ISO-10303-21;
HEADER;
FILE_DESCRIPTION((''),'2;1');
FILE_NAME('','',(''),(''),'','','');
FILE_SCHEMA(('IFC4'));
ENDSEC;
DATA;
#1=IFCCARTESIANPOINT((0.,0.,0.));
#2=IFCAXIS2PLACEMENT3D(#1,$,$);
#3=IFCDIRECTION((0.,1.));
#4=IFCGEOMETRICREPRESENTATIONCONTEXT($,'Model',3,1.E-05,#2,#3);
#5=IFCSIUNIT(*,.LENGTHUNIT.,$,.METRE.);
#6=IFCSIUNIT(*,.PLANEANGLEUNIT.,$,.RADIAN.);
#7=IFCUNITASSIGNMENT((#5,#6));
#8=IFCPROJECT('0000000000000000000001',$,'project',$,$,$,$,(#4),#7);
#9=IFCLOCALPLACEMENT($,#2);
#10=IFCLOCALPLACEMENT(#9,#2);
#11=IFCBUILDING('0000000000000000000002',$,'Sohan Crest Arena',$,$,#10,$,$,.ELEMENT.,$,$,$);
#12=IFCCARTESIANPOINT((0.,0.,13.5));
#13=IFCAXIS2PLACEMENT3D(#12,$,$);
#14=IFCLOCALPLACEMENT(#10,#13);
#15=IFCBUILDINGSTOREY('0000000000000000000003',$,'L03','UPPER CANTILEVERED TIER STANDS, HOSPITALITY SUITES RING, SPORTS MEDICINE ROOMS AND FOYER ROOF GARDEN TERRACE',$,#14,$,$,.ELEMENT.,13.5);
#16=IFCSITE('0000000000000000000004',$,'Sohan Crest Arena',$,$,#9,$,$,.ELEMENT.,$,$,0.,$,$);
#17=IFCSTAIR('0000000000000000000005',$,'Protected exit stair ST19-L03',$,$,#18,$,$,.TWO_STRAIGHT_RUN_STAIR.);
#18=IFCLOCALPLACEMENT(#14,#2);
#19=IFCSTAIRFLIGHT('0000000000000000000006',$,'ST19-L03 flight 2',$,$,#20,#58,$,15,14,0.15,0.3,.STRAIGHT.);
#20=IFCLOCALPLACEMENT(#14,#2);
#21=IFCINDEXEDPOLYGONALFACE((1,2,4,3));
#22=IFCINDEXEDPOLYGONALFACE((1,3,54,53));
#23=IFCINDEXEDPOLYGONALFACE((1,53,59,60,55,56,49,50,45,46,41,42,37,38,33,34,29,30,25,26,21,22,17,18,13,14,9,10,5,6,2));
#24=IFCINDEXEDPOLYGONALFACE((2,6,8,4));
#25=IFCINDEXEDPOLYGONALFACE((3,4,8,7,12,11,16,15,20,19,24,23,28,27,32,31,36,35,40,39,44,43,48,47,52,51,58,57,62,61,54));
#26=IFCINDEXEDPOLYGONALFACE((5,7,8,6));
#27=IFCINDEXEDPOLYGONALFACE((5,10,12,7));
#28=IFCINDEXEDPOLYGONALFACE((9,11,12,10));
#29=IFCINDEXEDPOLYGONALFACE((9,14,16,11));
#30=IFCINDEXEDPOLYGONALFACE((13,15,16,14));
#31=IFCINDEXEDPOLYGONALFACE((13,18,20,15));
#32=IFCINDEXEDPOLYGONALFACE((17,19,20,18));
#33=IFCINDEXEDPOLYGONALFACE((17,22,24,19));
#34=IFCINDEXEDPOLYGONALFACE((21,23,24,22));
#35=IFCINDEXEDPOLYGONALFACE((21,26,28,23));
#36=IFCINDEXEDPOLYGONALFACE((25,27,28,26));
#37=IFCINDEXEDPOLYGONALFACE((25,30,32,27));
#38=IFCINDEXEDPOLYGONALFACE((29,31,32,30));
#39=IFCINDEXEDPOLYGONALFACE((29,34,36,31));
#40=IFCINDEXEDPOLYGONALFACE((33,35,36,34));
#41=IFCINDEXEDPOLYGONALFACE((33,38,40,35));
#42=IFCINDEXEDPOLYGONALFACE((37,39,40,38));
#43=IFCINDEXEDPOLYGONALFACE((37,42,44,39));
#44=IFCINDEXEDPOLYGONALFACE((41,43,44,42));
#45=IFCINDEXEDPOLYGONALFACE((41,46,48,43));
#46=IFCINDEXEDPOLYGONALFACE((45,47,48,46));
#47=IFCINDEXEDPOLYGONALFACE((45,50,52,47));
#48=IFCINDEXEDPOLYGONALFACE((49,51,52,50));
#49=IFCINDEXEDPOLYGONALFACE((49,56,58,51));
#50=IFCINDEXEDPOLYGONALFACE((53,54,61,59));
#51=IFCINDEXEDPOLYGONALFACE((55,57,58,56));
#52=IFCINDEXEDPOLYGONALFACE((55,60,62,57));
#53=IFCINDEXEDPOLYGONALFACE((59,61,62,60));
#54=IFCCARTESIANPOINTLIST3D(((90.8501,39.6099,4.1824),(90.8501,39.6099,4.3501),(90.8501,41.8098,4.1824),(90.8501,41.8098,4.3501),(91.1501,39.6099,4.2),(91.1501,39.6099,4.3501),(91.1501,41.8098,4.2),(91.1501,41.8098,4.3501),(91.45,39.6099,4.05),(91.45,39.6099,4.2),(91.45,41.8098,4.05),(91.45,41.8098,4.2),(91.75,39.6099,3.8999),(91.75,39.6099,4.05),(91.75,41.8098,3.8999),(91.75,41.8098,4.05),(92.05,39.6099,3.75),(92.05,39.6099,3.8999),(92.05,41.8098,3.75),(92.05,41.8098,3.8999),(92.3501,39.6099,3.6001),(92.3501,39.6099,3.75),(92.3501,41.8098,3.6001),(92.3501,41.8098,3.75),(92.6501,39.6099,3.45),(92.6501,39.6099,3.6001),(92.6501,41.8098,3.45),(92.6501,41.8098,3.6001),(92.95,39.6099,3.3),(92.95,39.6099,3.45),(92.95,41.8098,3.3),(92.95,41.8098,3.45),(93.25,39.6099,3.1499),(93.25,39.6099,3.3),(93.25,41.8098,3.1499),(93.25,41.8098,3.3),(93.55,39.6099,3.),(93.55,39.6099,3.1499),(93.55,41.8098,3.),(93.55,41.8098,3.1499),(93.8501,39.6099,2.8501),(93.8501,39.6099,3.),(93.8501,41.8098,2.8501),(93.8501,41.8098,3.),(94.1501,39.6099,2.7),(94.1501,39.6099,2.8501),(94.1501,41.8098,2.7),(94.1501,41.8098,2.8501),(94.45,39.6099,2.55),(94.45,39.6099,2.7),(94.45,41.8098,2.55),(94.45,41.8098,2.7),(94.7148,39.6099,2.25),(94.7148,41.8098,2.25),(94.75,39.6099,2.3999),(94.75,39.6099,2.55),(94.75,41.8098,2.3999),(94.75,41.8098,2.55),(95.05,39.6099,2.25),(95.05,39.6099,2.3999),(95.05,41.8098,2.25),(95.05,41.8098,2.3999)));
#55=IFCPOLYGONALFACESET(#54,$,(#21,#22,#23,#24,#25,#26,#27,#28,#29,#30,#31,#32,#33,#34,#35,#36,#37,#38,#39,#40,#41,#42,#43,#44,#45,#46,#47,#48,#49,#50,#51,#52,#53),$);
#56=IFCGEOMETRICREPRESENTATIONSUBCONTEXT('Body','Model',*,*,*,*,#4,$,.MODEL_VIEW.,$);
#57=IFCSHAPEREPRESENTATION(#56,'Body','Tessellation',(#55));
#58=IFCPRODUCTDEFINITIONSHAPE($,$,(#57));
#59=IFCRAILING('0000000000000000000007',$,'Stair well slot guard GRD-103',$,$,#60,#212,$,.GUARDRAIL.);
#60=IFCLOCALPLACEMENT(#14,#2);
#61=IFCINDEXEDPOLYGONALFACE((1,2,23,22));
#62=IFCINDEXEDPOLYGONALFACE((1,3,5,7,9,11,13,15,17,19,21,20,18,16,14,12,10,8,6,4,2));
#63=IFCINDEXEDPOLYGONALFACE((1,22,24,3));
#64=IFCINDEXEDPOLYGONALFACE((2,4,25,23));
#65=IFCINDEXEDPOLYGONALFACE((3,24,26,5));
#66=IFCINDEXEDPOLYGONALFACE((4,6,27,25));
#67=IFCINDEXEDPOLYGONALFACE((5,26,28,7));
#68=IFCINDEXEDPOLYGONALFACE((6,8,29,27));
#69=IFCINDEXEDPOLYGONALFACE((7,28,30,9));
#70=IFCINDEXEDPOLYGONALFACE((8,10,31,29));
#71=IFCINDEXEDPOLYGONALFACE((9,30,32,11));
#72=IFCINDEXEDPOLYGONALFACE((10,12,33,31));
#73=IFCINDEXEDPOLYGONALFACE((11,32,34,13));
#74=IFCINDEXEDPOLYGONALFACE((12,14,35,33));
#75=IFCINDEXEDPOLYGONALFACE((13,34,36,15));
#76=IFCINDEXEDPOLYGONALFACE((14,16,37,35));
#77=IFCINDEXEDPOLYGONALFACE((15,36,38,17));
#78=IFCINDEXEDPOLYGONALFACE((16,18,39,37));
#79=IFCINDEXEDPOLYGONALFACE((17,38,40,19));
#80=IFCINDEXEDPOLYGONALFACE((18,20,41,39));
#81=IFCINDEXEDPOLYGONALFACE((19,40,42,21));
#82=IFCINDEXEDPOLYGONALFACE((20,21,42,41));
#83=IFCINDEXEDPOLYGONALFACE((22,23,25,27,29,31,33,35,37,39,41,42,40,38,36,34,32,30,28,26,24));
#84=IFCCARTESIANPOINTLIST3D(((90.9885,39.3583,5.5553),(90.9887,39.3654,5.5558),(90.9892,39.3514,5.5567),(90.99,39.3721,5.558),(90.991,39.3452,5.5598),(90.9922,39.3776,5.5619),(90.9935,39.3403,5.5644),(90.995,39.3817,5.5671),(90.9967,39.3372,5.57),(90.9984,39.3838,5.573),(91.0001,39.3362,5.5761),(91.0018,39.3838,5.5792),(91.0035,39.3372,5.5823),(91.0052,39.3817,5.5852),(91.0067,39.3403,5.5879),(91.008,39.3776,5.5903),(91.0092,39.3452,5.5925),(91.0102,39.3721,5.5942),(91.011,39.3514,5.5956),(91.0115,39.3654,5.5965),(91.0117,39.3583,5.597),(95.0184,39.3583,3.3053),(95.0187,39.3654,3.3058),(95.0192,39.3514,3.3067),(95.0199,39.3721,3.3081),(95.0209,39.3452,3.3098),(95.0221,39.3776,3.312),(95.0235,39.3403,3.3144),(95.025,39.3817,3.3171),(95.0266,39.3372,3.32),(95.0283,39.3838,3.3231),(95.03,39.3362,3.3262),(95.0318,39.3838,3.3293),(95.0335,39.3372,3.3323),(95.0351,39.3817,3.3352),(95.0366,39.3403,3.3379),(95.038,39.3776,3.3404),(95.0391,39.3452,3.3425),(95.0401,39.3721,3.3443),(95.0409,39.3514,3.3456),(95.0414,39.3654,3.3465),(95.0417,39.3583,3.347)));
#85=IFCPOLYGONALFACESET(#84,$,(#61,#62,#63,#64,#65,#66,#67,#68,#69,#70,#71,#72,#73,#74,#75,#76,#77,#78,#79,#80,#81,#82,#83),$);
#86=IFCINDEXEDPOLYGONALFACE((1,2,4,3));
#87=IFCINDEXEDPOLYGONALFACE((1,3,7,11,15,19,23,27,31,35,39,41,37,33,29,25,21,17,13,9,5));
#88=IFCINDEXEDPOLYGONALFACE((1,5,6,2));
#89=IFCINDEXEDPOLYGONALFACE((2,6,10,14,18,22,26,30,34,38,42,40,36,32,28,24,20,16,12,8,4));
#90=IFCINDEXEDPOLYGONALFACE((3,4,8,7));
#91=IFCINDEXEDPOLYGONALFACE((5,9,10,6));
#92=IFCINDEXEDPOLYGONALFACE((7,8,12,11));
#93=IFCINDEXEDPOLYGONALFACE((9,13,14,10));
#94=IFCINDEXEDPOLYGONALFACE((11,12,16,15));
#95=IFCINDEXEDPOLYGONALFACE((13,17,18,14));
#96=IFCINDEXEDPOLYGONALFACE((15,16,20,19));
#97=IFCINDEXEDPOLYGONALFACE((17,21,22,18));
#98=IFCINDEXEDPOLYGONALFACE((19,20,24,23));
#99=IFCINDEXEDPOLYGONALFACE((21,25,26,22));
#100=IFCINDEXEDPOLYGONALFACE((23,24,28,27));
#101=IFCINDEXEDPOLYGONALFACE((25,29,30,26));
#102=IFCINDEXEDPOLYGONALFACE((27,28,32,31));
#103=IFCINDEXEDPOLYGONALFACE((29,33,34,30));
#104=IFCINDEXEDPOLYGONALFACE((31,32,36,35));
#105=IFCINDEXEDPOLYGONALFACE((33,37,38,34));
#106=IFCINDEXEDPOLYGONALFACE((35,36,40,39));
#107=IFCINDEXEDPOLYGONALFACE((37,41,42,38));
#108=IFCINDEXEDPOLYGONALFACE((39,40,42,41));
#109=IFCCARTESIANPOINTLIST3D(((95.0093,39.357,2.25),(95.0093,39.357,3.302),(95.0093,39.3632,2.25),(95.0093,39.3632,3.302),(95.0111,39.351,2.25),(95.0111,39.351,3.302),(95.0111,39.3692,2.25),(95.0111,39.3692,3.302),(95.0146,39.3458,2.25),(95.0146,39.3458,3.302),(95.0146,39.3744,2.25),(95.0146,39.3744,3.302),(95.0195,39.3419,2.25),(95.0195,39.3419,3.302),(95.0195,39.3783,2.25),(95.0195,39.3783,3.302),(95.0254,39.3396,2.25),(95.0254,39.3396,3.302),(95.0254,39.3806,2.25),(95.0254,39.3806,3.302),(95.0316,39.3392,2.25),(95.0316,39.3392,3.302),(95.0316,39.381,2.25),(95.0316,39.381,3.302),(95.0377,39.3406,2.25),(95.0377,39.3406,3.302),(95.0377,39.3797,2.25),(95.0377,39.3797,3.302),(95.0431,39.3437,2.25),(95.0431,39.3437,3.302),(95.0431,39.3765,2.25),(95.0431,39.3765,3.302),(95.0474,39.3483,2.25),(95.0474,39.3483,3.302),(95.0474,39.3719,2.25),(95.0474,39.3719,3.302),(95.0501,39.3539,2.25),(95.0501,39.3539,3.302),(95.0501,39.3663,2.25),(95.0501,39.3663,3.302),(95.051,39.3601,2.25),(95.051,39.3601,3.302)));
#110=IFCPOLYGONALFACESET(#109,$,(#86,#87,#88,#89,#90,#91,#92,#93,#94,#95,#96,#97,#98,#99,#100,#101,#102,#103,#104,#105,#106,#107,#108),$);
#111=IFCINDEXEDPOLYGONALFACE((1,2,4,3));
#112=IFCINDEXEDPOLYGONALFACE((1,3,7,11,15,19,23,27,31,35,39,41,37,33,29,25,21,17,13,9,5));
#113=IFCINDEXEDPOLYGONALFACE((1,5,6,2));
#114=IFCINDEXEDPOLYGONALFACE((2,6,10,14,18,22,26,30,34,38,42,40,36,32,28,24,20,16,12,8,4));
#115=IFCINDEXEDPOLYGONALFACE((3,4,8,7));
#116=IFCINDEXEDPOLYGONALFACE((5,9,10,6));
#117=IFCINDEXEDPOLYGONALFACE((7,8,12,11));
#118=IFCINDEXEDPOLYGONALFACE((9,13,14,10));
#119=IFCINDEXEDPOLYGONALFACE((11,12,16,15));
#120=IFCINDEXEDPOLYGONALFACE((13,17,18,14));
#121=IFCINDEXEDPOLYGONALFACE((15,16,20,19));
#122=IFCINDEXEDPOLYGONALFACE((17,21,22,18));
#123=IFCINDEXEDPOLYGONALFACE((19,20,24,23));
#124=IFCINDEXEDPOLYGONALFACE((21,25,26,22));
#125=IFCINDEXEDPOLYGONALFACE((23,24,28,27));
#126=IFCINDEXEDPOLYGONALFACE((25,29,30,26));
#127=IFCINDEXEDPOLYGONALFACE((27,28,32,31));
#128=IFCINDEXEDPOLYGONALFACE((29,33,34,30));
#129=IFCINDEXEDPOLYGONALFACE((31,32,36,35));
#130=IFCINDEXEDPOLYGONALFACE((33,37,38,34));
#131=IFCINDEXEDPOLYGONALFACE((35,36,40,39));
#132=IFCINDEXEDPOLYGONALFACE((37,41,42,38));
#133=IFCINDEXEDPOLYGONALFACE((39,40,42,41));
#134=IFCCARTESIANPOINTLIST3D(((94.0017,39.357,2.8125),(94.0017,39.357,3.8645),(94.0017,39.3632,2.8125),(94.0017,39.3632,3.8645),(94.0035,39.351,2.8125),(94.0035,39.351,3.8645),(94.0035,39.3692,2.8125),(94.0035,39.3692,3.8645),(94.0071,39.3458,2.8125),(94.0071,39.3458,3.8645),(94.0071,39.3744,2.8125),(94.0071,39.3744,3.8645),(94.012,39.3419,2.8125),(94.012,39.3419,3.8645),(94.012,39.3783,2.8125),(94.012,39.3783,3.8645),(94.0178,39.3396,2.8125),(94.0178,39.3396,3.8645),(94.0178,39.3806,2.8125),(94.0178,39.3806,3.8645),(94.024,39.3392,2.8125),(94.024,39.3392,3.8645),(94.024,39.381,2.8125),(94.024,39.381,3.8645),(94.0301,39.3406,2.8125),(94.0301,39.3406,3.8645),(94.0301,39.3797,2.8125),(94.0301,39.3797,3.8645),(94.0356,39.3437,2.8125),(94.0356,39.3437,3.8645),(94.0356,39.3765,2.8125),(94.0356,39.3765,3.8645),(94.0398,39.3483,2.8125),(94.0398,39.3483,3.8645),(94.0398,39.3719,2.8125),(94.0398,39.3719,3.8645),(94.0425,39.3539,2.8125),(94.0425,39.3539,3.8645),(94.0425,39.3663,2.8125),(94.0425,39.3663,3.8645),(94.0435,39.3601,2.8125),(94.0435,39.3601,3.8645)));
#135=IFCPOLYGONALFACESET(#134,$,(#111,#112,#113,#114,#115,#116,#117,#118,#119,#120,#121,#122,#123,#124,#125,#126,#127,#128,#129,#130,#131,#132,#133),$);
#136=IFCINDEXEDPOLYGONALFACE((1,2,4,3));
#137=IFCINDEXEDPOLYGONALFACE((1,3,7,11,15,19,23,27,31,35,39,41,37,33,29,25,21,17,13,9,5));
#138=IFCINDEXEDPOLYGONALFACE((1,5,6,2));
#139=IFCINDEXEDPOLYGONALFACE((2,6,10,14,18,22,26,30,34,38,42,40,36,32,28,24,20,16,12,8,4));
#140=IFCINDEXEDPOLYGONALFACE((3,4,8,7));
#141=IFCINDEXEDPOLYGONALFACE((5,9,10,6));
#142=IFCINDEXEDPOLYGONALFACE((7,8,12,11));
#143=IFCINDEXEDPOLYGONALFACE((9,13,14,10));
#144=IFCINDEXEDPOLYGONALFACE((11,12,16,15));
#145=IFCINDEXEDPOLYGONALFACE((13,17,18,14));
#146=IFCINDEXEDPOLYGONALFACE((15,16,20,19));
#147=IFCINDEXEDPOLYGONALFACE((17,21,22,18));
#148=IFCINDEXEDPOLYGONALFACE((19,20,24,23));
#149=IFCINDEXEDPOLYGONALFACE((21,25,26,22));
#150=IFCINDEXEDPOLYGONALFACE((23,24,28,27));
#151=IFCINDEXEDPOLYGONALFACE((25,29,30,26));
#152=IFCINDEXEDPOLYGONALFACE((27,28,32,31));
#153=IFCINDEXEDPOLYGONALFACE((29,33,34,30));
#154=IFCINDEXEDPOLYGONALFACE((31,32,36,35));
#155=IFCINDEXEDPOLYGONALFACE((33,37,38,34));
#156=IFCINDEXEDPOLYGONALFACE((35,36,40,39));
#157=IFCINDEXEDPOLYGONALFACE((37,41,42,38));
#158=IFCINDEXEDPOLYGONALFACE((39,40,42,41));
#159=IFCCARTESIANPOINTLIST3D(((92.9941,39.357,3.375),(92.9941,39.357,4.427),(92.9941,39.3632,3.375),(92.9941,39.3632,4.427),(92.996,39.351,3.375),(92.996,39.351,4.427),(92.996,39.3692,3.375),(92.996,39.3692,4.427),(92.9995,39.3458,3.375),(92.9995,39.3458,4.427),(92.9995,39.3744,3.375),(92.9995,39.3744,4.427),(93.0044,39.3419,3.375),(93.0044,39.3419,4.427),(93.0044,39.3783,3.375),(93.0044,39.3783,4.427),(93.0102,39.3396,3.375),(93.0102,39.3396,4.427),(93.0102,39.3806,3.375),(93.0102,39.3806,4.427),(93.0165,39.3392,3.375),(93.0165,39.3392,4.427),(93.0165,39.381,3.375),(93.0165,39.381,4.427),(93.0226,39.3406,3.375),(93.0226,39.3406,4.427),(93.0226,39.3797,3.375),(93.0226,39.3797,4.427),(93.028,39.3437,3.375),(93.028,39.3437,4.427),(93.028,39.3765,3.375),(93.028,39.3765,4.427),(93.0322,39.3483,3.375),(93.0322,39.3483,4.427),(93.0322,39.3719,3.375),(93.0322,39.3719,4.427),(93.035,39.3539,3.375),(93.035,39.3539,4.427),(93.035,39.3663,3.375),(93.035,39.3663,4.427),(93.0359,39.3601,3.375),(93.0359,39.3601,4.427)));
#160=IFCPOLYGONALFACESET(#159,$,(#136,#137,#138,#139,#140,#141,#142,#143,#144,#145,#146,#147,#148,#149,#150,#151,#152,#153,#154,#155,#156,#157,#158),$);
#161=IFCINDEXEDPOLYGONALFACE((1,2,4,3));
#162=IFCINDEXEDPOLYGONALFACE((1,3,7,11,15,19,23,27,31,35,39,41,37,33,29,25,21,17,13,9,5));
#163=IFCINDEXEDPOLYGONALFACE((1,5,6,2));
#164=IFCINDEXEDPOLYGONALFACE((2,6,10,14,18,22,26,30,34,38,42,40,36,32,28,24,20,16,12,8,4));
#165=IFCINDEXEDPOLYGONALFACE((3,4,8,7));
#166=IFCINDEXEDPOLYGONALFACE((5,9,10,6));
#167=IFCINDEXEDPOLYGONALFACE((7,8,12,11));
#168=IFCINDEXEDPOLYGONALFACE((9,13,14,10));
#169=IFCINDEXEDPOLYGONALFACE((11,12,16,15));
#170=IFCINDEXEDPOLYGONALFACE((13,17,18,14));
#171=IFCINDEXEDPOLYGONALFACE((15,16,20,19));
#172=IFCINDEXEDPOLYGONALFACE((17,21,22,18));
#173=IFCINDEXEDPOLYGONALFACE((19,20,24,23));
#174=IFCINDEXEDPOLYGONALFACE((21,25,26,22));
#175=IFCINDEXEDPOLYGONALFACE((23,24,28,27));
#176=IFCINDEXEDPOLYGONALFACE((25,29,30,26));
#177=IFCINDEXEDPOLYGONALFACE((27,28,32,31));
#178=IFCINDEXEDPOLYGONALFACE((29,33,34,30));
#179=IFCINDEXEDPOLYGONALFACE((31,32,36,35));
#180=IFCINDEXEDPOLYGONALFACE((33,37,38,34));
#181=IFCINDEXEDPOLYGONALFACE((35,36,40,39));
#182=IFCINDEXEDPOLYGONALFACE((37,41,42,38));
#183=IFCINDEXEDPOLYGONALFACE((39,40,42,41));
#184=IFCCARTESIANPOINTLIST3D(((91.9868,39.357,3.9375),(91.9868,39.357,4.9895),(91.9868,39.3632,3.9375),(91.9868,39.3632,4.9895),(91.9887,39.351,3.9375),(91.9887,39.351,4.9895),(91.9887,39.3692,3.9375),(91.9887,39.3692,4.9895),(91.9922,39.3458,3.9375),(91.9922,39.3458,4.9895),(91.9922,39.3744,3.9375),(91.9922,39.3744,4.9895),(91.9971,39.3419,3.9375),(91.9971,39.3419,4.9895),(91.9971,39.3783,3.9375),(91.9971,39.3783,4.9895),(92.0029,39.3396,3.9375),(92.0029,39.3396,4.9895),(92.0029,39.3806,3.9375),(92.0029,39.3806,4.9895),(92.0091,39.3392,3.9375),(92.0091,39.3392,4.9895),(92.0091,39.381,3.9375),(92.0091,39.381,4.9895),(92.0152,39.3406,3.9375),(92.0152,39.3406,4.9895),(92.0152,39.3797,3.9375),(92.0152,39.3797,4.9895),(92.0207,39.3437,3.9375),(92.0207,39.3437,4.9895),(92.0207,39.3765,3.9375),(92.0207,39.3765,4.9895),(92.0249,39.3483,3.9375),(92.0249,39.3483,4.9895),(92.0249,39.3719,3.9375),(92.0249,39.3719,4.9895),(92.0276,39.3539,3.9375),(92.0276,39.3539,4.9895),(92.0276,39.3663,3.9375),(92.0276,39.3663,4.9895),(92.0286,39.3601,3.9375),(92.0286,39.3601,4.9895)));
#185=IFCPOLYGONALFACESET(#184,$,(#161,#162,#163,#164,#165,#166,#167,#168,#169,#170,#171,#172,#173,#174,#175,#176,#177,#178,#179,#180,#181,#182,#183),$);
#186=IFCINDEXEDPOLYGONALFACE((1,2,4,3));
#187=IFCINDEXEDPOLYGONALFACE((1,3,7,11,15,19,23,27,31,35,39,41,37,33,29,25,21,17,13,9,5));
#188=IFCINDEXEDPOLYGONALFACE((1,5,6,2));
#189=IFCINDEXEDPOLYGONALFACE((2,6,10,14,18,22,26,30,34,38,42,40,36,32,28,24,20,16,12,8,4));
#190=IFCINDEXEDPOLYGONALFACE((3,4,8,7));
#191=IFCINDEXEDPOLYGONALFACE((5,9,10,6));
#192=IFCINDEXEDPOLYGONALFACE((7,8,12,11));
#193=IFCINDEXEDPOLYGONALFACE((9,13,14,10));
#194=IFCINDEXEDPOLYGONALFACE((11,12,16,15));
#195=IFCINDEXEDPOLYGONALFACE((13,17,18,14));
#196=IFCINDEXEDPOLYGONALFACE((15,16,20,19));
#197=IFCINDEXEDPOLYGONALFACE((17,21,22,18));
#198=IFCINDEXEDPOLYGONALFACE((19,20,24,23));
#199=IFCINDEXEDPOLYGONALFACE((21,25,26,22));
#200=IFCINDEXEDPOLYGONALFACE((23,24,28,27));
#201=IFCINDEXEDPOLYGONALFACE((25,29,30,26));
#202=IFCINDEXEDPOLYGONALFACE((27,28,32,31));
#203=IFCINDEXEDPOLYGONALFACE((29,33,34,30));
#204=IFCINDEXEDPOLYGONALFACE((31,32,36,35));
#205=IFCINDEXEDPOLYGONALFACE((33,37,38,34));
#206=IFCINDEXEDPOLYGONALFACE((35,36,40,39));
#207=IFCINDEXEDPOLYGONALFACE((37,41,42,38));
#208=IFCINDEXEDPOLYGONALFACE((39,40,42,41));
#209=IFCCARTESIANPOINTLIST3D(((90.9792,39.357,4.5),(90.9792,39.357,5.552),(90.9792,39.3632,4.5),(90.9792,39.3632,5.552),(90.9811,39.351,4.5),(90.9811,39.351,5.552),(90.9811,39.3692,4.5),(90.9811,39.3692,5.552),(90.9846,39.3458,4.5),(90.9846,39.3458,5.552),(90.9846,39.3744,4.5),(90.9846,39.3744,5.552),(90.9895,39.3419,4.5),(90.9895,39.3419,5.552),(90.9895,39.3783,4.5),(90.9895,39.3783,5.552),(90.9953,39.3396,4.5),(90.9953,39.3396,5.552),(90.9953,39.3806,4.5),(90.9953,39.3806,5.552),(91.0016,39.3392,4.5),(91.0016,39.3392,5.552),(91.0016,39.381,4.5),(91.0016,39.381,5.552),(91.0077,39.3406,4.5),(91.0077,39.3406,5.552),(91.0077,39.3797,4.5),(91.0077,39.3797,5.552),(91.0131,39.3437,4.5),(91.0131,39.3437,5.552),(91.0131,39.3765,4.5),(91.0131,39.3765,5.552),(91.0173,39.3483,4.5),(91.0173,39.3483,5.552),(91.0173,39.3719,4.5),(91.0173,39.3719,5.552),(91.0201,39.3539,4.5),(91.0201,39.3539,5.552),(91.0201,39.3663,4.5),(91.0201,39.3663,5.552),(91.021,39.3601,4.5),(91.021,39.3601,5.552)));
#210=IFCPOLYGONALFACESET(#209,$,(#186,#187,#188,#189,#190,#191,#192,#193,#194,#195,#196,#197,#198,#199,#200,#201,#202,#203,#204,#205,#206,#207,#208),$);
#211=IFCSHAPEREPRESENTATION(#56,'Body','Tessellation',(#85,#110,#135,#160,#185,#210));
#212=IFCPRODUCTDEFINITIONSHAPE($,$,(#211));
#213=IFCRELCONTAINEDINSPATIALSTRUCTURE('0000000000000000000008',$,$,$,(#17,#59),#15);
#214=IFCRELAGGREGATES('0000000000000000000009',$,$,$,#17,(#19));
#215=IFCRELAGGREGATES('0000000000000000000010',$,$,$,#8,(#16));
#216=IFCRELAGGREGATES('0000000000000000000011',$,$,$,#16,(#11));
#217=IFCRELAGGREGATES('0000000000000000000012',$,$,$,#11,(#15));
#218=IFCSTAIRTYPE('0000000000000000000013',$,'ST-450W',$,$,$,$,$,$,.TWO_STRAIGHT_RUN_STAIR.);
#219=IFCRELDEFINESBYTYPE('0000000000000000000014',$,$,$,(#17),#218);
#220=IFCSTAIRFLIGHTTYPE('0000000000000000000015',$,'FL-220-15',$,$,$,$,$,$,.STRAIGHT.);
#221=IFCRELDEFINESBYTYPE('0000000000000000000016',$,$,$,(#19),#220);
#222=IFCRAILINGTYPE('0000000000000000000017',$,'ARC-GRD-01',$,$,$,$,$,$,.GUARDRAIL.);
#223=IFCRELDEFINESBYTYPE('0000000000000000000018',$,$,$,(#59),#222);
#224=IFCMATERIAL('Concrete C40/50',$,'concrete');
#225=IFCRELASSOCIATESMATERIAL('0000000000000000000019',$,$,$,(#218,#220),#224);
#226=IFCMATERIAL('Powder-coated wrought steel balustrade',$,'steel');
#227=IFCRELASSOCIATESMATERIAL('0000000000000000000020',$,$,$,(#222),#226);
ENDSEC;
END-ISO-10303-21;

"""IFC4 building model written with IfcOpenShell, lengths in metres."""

from ifc_helpers import new_model, si_unit, direction, frame, origin, origin_2d, place, context, subcontext, project, spatial, polyline, circle, outline, extrude, material, type_object, element, aggregate, save


model = new_model("IFC4")

# Units and contexts
model_context = context("Model", 3, precision=1e-05, world=origin(), true_north=direction((0.0, 1.0)))
body_context = subcontext(model_context, "Body", "Model", "MODEL_VIEW")
ifc_project = project(units=[si_unit("LENGTHUNIT", "METRE"), si_unit("PLANEANGLEUNIT", "RADIAN")], contexts=[model_context])

# Site, building, storey
site_placement = place(None, origin())
site = spatial("IfcSite", under=ifc_project, at=site_placement, Name="Sohan Crest Arena", CompositionType="ELEMENT", RefElevation=0.0)
building_placement = place(site_placement, origin())
building = spatial("IfcBuilding", under=site, at=building_placement, Name="Sohan Crest Arena", CompositionType="ELEMENT")
storey_placement = place(building_placement, frame((0.0, 0.0, 13.5)))
storey = spatial("IfcBuildingStorey", under=building, at=storey_placement, Name="L03", Description="UPPER CANTILEVERED TIER STANDS, HOSPITALITY SUITES RING, SPORTS MEDICINE ROOMS AND FOYER ROOF GARDEN TERRACE", CompositionType="ELEMENT", Elevation=13.5)

# Shared definitions
ifc_material_1 = material(Name="Concrete C40/50", Category="concrete")

# Stair, stair flight
stair_type = type_object("IfcStairType", Name="ST-450W", PredefinedType="TWO_STRAIGHT_RUN_STAIR", material=ifc_material_1)
stair_placement = place(storey_placement, origin())
stair = element("IfcStair", 1, at=stair_placement, inside=storey, type_object=stair_type, Name="Protected exit stair ST19-L03", PredefinedType="TWO_STRAIGHT_RUN_STAIR")
stair_flight_type = type_object("IfcStairFlightType", Name="FL-220-15", PredefinedType="STRAIGHT", material=ifc_material_1)
stair_flight_1_placement = place(storey_placement, frame((95.05, 40.71, 2.25), z_axis=(0.0, 0.0, 1.0), x_axis=(-1.0, 0.0, 0.0)))
stair_flight_1 = element("IfcStairFlight", 2, at=stair_flight_1_placement, type_object=stair_flight_type, Name="ST19-L03 flight 2", NumberOfRisers=15, NumberOfTreads=14, PredefinedType="STRAIGHT", RiserHeight=0.15, TreadLength=0.3, context=body_context, shape_type="SweptSolid", body=[
    extrude(outline(polyline([(0.0, 0.0), (0.0, 0.1499), (0.3, 0.1499), (0.3, 0.3), (0.6001, 0.3), (0.6001, 0.45), (0.8999, 0.45), (0.8999, 0.6001), (1.2, 0.6001), (1.2, 0.75), (1.5, 0.75), (1.5, 0.8999), (1.8, 0.8999), (1.8, 1.05), (2.1001, 1.05), (2.1001, 1.2), (2.3999, 1.2), (2.3999, 1.3501), (2.7, 1.3501), (2.7, 1.5), (3.0, 1.5), (3.0, 1.6499), (3.3, 1.6499), (3.3, 1.8), (3.6001, 1.8), (3.6001, 1.95), (3.8999, 1.95), (3.8999, 2.1001), (4.2, 2.1001), (4.2, 2.25), (4.2, 1.9324), (0.3352, 0.0), (0.0, 0.0)])), frame((0.0, 1.1001, 0.0), z_axis=(0.0, -1.0, 0.0), x_axis=(1.0, 0.0, 0.0)), (0.0, 0.0, 1.0), 2.2),
])
aggregate(stair, [stair_flight_1])

# Railing
ifc_material_2 = material(Name="Powder-coated wrought steel balustrade", Category="steel")
railing_type_1 = type_object("IfcRailingType", Name="ARC-GRD-01", PredefinedType="GUARDRAIL", material=ifc_material_2)
railing_1_placement = place(storey_placement, frame((95.03, 39.3601, 2.25)))
element("IfcRailing", 3, at=railing_1_placement, inside=storey, type_object=railing_type_1, Name="Stair well slot guard GRD-103", PredefinedType="GUARDRAIL", context=body_context, shape_type="SweptSolid", body=[
    extrude(circle(Radius=0.0239, at=origin_2d()), frame((0.0, 0.0, 1.0762), z_axis=(-0.873135, 0.0, 0.487479), x_axis=(0.0, -1.0, 0.0)), (0.0, 0.0, 1.0), 4.6155),
    extrude(circle(Radius=0.021, at=origin_2d()), origin(), (0.0, 0.0, 1.0), 1.052),
    extrude(circle(Radius=0.021, at=origin_2d()), frame((-1.0076, 0.0, 0.5625)), (0.0, 0.0, 1.0), 1.052),
    extrude(circle(Radius=0.021, at=origin_2d()), frame((-2.0151, 0.0, 1.125)), (0.0, 0.0, 1.0), 1.052),
    extrude(circle(Radius=0.021, at=origin_2d()), frame((-3.0225, 0.0, 1.6875)), (0.0, 0.0, 1.0), 1.052),
    extrude(circle(Radius=0.021, at=origin_2d()), frame((-4.03, 0.0, 2.25)), (0.0, 0.0, 1.0), 1.052),
])

save(model, "model.ifc")
